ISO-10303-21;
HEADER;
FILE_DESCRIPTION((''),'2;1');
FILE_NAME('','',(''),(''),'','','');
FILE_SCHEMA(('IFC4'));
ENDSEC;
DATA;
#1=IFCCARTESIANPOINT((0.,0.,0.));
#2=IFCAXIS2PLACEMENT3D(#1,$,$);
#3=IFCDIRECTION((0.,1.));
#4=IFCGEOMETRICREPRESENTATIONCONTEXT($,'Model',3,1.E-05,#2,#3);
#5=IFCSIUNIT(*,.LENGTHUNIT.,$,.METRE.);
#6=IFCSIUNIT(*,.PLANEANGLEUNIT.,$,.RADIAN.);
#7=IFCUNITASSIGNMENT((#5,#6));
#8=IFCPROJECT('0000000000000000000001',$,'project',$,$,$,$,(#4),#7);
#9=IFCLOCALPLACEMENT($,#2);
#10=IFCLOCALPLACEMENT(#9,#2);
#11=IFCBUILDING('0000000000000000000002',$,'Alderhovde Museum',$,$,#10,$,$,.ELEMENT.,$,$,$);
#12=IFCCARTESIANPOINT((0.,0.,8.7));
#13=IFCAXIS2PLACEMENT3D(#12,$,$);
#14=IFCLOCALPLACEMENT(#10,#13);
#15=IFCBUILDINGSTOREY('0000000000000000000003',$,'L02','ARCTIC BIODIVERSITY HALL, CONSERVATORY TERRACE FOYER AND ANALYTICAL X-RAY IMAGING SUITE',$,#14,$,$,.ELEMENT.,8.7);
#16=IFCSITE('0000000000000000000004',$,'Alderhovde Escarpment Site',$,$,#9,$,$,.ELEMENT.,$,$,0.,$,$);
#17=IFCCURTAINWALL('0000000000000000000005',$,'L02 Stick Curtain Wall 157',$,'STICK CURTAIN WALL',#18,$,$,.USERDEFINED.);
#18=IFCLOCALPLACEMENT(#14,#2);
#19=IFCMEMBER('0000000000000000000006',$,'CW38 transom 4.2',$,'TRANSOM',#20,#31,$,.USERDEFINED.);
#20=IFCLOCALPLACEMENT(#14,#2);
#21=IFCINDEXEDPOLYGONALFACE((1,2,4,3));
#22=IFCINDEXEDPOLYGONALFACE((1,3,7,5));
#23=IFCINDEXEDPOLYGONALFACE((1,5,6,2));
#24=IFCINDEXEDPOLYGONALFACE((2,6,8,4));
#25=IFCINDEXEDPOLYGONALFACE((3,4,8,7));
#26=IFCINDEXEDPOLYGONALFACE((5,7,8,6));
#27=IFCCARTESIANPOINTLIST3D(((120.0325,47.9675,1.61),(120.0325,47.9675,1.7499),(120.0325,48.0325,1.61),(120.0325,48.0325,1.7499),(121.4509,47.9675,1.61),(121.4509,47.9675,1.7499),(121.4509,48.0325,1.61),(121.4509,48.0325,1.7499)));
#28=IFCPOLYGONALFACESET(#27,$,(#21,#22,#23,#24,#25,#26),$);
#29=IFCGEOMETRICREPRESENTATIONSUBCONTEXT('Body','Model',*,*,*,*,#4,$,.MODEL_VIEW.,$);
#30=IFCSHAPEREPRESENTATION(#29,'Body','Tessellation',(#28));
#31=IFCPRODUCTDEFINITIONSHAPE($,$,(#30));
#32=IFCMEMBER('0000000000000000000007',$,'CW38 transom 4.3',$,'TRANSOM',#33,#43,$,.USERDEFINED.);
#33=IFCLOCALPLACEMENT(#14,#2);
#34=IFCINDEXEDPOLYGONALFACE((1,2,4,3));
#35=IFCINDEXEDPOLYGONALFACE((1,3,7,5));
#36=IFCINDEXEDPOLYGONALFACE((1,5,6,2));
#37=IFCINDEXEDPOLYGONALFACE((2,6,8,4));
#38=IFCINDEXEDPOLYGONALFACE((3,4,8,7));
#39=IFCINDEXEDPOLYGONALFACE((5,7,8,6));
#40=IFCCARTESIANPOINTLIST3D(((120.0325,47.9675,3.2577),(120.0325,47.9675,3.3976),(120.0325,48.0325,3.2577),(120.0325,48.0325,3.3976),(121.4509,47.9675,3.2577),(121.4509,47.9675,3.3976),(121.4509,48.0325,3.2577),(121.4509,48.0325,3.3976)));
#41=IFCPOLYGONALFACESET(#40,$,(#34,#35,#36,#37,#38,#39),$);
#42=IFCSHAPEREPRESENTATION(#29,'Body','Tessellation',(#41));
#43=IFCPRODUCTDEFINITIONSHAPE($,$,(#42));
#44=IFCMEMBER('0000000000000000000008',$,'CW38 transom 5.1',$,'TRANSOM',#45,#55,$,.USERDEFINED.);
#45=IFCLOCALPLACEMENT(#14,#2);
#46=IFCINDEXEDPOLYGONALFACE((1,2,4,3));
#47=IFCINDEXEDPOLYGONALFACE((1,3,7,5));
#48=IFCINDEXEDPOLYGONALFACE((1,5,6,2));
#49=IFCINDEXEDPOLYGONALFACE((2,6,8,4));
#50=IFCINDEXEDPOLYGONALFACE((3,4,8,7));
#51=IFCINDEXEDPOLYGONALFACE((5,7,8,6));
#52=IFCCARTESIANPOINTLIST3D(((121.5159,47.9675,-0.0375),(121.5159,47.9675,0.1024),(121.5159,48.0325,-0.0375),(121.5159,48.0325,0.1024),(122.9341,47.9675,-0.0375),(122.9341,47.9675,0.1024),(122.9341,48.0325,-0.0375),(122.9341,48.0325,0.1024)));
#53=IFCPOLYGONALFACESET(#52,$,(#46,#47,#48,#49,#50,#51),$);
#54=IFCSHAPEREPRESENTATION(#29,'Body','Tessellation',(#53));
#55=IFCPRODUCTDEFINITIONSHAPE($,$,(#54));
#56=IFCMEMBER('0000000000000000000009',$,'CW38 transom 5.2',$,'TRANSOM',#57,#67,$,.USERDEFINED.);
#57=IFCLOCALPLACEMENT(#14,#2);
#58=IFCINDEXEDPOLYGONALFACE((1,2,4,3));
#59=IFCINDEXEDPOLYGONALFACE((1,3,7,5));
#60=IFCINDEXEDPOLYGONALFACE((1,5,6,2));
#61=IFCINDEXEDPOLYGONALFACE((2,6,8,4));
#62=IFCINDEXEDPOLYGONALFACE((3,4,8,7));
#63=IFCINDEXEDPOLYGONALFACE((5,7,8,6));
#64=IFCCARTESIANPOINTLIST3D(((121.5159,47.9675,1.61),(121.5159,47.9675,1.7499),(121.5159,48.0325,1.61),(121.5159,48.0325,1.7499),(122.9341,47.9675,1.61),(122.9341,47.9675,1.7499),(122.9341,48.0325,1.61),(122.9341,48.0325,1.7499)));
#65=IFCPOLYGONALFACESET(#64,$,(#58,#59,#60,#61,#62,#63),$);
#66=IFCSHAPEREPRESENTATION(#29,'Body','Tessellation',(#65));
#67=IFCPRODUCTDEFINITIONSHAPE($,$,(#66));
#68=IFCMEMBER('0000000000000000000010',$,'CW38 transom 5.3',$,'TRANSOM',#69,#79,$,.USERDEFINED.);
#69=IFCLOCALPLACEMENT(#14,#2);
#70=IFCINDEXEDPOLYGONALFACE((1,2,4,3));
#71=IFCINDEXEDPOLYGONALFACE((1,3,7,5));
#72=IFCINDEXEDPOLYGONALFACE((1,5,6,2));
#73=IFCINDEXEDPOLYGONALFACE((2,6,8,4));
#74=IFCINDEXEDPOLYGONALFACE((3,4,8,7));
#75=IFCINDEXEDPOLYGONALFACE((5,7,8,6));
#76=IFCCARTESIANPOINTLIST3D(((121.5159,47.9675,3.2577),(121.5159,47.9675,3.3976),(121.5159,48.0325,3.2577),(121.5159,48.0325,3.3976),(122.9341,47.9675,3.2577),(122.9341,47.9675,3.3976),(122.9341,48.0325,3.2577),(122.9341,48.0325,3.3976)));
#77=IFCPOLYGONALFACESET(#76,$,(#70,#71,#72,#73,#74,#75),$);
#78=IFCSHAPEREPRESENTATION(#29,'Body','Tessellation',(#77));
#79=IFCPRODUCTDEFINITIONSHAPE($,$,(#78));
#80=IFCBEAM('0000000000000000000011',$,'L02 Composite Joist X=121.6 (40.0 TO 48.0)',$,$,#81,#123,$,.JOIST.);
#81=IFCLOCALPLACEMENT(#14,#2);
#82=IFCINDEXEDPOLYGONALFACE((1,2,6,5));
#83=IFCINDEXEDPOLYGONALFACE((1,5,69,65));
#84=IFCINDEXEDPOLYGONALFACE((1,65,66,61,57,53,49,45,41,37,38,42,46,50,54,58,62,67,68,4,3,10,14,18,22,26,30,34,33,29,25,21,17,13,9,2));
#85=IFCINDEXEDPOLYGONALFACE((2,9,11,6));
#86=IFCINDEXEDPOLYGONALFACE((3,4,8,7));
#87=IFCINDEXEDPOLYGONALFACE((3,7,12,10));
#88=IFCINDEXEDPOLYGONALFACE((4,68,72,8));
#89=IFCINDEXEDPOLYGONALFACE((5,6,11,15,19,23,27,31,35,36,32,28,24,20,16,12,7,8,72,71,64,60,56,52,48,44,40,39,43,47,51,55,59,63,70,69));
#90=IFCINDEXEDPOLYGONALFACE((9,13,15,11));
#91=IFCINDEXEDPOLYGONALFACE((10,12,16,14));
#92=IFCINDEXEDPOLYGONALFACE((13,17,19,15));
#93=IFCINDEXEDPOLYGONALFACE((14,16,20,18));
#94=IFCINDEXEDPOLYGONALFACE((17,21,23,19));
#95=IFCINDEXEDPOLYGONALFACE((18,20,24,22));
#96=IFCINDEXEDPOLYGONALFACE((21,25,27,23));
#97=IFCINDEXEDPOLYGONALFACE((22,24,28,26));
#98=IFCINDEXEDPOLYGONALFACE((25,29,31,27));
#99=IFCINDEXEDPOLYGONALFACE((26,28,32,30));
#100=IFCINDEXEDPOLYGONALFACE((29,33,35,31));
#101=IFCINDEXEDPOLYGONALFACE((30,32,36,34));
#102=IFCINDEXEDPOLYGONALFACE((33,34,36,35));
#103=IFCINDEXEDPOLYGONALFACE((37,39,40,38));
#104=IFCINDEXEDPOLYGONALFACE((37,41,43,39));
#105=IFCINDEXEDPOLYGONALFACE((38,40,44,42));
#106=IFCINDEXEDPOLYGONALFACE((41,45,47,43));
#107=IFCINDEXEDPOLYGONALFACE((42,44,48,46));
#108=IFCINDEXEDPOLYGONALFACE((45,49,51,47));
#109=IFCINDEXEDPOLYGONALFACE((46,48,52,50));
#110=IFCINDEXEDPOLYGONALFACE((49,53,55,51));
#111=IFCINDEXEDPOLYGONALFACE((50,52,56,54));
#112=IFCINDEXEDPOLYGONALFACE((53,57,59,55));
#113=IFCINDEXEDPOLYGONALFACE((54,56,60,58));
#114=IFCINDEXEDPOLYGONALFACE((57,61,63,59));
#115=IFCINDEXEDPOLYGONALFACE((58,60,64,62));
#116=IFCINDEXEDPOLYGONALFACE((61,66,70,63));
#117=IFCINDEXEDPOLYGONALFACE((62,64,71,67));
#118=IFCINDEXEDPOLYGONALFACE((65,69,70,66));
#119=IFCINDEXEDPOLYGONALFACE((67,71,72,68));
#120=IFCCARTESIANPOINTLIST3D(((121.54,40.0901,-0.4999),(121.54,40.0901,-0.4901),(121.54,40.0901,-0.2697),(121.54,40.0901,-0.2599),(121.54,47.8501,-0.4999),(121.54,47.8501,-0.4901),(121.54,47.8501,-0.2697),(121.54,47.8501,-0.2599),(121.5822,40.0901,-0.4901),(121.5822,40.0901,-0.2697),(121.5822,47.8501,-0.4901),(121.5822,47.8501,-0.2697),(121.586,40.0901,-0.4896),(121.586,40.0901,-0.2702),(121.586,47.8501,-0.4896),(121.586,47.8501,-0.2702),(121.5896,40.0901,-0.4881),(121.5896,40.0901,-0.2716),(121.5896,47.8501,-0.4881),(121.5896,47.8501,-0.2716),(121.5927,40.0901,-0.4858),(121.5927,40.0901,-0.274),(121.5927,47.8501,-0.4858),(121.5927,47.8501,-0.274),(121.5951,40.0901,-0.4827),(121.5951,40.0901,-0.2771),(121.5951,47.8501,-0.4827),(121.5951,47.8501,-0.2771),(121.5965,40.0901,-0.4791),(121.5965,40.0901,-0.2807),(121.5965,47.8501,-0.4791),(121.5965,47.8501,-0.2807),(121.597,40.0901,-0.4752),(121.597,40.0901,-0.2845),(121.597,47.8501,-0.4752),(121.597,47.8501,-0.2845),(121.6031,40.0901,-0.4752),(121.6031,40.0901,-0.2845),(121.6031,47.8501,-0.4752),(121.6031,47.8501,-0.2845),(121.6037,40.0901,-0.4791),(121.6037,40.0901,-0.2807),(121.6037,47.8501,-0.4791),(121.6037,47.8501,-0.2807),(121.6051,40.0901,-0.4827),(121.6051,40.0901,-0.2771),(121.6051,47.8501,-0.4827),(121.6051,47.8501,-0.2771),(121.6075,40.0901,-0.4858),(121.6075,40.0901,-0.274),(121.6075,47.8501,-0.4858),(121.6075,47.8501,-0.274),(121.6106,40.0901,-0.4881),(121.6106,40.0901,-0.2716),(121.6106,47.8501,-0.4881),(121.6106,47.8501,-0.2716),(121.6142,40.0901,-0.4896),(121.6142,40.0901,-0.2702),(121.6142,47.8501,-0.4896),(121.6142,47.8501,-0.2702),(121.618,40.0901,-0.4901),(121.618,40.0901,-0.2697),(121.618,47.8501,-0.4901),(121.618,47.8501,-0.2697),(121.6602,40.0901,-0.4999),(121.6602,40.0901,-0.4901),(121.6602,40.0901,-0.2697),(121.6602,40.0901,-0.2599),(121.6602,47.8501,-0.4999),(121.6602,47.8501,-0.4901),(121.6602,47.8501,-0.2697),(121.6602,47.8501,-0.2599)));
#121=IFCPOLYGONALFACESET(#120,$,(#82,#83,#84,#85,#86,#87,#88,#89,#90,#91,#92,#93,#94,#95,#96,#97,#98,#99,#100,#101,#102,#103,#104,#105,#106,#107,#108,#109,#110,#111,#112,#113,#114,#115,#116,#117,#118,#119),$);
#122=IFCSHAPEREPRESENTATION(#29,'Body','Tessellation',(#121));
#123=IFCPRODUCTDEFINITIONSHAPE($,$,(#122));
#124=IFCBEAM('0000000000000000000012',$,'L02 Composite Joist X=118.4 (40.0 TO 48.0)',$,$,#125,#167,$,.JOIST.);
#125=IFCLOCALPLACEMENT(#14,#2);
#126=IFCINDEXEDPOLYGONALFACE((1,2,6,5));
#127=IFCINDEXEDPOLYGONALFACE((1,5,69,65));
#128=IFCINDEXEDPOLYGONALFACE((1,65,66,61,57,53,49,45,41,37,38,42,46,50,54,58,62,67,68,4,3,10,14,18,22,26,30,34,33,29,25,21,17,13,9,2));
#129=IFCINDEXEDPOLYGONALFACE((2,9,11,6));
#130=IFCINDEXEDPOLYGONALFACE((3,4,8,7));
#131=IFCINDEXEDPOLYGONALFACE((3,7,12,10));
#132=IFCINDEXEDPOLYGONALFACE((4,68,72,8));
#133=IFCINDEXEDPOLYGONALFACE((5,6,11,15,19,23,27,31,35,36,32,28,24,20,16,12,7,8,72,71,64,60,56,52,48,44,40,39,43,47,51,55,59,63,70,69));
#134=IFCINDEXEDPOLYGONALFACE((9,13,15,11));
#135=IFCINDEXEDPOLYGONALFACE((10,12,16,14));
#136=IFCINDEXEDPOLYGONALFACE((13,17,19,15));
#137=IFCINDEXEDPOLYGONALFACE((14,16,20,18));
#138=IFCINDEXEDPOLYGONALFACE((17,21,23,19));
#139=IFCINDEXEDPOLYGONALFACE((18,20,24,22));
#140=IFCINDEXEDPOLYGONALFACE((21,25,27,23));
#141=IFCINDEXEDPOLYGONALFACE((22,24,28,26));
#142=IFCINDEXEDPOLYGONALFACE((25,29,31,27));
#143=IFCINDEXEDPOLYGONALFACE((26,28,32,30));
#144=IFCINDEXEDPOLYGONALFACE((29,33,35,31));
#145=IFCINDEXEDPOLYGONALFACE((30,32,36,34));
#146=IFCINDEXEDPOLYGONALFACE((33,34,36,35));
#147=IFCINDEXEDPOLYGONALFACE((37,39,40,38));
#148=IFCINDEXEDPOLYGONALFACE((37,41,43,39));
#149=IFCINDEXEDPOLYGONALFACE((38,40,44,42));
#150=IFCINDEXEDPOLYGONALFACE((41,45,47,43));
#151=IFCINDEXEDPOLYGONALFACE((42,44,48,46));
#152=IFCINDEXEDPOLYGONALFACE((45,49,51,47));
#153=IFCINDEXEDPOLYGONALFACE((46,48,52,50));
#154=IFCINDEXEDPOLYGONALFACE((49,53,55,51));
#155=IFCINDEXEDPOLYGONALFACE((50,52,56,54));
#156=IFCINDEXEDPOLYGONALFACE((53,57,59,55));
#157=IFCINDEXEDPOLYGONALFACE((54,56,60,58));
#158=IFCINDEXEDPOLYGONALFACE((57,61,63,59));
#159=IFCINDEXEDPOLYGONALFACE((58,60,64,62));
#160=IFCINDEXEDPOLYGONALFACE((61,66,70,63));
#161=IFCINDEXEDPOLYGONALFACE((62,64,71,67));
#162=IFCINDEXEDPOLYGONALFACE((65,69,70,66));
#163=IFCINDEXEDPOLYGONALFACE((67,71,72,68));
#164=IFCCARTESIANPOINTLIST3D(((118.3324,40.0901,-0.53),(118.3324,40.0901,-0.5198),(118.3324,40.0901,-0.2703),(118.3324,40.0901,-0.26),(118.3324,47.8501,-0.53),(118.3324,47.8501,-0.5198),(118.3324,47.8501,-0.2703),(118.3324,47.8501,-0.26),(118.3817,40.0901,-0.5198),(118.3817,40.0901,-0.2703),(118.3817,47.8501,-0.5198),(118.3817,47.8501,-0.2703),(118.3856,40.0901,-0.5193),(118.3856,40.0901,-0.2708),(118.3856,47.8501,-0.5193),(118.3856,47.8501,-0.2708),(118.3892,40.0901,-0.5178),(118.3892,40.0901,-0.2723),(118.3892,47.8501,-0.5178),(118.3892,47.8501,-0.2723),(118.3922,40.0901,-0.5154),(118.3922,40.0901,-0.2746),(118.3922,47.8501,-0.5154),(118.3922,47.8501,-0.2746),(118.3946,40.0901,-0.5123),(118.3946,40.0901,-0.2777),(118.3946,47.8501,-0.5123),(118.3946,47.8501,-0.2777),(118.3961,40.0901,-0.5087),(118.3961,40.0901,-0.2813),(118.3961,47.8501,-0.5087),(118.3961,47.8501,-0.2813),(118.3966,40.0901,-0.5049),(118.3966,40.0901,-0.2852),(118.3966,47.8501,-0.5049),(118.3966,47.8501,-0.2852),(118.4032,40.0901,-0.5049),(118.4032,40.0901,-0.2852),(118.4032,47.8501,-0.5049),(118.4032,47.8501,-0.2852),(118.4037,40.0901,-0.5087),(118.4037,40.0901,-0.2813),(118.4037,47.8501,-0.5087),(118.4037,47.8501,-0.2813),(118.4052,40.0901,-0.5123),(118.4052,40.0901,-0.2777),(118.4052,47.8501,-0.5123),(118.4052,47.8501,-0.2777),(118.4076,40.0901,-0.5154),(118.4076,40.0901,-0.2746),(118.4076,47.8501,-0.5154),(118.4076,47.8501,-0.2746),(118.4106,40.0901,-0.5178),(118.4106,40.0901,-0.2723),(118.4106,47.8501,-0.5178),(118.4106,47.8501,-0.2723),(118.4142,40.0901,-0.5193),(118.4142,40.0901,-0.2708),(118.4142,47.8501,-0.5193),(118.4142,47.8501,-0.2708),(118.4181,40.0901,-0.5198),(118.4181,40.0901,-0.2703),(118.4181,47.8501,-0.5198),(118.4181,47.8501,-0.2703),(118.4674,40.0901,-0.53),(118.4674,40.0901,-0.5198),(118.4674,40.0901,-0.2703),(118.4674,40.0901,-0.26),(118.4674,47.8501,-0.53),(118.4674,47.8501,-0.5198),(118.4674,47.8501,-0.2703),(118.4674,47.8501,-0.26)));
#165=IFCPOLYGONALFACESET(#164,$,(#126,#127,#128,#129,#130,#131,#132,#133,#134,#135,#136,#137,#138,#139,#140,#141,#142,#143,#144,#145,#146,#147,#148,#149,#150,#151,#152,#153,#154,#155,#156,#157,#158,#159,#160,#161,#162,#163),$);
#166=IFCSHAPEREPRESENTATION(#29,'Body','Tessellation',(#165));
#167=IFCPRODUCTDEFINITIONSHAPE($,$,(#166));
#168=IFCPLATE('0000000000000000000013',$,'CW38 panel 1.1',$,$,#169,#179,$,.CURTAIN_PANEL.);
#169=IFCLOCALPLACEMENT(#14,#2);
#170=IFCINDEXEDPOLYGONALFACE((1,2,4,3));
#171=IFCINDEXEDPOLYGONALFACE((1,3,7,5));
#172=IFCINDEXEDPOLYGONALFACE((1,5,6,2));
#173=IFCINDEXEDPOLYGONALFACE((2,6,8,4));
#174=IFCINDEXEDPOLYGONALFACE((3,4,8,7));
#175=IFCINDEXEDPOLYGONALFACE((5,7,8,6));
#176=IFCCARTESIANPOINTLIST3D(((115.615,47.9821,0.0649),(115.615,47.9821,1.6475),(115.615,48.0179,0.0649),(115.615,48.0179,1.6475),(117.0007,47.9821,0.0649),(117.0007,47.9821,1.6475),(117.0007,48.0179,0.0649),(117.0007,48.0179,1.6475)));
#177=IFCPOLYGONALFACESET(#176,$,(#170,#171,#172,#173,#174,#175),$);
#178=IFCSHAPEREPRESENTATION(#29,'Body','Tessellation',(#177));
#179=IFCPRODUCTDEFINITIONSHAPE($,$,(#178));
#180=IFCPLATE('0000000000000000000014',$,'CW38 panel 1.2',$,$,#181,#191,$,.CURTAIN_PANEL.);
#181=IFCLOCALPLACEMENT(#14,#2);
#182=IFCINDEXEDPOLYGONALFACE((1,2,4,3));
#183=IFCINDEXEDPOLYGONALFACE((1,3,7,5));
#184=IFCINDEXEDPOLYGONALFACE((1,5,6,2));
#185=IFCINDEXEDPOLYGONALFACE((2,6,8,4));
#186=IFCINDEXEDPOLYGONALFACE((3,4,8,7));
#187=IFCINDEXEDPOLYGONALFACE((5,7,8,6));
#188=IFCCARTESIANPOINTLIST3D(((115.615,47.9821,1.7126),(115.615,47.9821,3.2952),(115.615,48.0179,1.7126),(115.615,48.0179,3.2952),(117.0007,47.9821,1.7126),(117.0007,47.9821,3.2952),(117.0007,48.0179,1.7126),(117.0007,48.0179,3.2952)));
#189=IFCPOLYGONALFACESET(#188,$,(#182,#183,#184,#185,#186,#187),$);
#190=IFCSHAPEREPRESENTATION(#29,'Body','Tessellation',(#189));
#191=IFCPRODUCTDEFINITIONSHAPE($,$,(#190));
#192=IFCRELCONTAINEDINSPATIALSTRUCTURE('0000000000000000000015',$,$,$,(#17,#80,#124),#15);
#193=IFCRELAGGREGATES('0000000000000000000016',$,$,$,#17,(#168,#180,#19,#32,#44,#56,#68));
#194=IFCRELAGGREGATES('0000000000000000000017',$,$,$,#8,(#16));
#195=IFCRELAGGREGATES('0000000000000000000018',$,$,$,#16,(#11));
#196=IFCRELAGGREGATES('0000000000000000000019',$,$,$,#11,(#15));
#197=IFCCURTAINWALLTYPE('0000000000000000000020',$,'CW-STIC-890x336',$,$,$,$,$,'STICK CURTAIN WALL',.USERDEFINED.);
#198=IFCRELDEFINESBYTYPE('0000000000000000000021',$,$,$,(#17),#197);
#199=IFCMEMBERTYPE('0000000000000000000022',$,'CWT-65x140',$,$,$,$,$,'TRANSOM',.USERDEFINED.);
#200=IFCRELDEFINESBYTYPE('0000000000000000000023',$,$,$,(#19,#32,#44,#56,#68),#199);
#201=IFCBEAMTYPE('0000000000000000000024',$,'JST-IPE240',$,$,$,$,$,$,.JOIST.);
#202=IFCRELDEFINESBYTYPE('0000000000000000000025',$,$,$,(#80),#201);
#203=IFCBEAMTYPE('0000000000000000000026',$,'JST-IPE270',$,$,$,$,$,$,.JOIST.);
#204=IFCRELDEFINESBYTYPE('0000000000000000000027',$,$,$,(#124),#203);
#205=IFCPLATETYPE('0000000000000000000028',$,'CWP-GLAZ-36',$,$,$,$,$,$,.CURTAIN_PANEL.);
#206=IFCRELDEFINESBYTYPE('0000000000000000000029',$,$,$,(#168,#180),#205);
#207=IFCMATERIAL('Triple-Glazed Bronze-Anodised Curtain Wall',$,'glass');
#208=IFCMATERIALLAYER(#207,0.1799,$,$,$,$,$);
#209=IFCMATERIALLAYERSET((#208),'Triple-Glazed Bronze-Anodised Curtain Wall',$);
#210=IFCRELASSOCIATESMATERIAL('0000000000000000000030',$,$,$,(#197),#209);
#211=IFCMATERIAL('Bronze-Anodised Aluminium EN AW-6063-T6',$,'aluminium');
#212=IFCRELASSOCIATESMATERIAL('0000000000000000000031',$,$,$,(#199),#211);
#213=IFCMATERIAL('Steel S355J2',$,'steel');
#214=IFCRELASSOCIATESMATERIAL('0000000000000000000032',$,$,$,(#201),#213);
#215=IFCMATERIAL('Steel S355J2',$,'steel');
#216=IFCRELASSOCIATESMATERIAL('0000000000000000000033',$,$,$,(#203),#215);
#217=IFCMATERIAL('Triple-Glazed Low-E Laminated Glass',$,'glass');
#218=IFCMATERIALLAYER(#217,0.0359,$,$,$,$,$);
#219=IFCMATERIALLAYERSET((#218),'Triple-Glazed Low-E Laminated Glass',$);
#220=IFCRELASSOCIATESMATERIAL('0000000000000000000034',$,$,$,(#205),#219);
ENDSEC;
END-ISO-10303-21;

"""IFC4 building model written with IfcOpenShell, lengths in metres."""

from ifc_helpers import new_model, si_unit, direction, frame, origin, origin_2d, place, context, subcontext, project, spatial, rectangle, i_section, extrude, material, layer, layer_set, material_profile, profile_set, type_object, element, aggregate, save


model = new_model("IFC4")

# Units and contexts
model_context = context("Model", 3, precision=1e-05, world=origin(), true_north=direction((0.0, 1.0)))
body_context = subcontext(model_context, "Body", "Model", "MODEL_VIEW")
ifc_project = project(units=[si_unit("LENGTHUNIT", "METRE"), si_unit("PLANEANGLEUNIT", "RADIAN")], contexts=[model_context])

# Site, building, storey
site_placement = place(None, origin())
site = spatial("IfcSite", under=ifc_project, at=site_placement, Name="Alderhovde Escarpment Site", CompositionType="ELEMENT", RefElevation=0.0)
building_placement = place(site_placement, origin())
building = spatial("IfcBuilding", under=site, at=building_placement, Name="Alderhovde Museum", CompositionType="ELEMENT")
storey_placement = place(building_placement, frame((0.0, 0.0, 8.7)))
storey = spatial("IfcBuildingStorey", under=building, at=storey_placement, Name="L02", Description="ARCTIC BIODIVERSITY HALL, CONSERVATORY TERRACE FOYER AND ANALYTICAL X-RAY IMAGING SUITE", CompositionType="ELEMENT", Elevation=8.7)

# Curtain wall, members
ifc_material_1 = material(Name="Triple-Glazed Bronze-Anodised Curtain Wall", Category="glass")
ifc_layer_1 = layer(ifc_material_1, 0.1799)
ifc_layer_set_1 = layer_set([ifc_layer_1], Name="Triple-Glazed Bronze-Anodised Curtain Wall")
curtain_wall_type = type_object("IfcCurtainWallType", Name="CW-STIC-890x336", ElementType="STICK CURTAIN WALL", PredefinedType="USERDEFINED", material=ifc_layer_set_1)
curtain_wall_placement = place(storey_placement, origin())
curtain_wall = element("IfcCurtainWall", 1, at=curtain_wall_placement, inside=storey, type_object=curtain_wall_type, Name="L02 Stick Curtain Wall 157", ObjectType="STICK CURTAIN WALL", PredefinedType="USERDEFINED")
ifc_material_2 = material(Name="Bronze-Anodised Aluminium EN AW-6063-T6", Category="aluminium")
ifc_material_profile_1 = material_profile(ifc_material_2, rectangle(XDim=0.0649, YDim=0.1399, at=origin_2d()), Name="TRANSOM 65x140")
ifc_profile_set_1 = profile_set([ifc_material_profile_1], Name="Bronze-Anodised Aluminium EN AW-6063-T6")
member_type_1 = type_object("IfcMemberType", Name="CWT-65x140", ElementType="TRANSOM", PredefinedType="USERDEFINED", material=ifc_profile_set_1)
member_1_placement = place(storey_placement, frame((120.0325, 48.0, 1.6799), z_axis=(1.0, 0.0, 0.0), x_axis=(0.0, 1.0, 0.0)))
member_1 = element("IfcMember", 2, at=member_1_placement, type_object=member_type_1, Name="CW38 transom 4.2", ObjectType="TRANSOM", PredefinedType="USERDEFINED", context=body_context, shape_type="SweptSolid", body=[
    extrude(rectangle(XDim=0.0649, YDim=0.1399, at=origin_2d()), origin(), (0.0, 0.0, 1.0), 1.4185),
])
member_2_placement = place(storey_placement, frame((120.0325, 48.0, 3.3276), z_axis=(1.0, 0.0, 0.0), x_axis=(0.0, 1.0, 0.0)))
member_2 = element("IfcMember", 3, at=member_2_placement, type_object=member_type_1, Name="CW38 transom 4.3", ObjectType="TRANSOM", PredefinedType="USERDEFINED", context=body_context, shape_type="SweptSolid", body=[
    extrude(rectangle(XDim=0.0649, YDim=0.1399, at=origin_2d()), origin(), (0.0, 0.0, 1.0), 1.4185),
])
member_3_placement = place(storey_placement, frame((121.5159, 48.0, 0.0325), z_axis=(1.0, 0.0, 0.0), x_axis=(0.0, 1.0, 0.0)))
member_3 = element("IfcMember", 4, at=member_3_placement, type_object=member_type_1, Name="CW38 transom 5.1", ObjectType="TRANSOM", PredefinedType="USERDEFINED", context=body_context, shape_type="SweptSolid", body=[
    extrude(rectangle(XDim=0.0649, YDim=0.1399, at=origin_2d()), origin(), (0.0, 0.0, 1.0), 1.4182),
])
member_4_placement = place(storey_placement, frame((121.5159, 48.0, 1.6799), z_axis=(1.0, 0.0, 0.0), x_axis=(0.0, 1.0, 0.0)))
member_4 = element("IfcMember", 5, at=member_4_placement, type_object=member_type_1, Name="CW38 transom 5.2", ObjectType="TRANSOM", PredefinedType="USERDEFINED", context=body_context, shape_type="SweptSolid", body=[
    extrude(rectangle(XDim=0.0649, YDim=0.1399, at=origin_2d()), origin(), (0.0, 0.0, 1.0), 1.4182),
])
member_5_placement = place(storey_placement, frame((121.5159, 48.0, 3.3276), z_axis=(1.0, 0.0, 0.0), x_axis=(0.0, 1.0, 0.0)))
member_5 = element("IfcMember", 6, at=member_5_placement, type_object=member_type_1, Name="CW38 transom 5.3", ObjectType="TRANSOM", PredefinedType="USERDEFINED", context=body_context, shape_type="SweptSolid", body=[
    extrude(rectangle(XDim=0.0649, YDim=0.1399, at=origin_2d()), origin(), (0.0, 0.0, 1.0), 1.4182),
])

# Beams
ifc_material_3 = material(Name="Steel S355J2", Category="steel")
ifc_material_profile_2 = material_profile(ifc_material_3, i_section(OverallWidth=0.1201, OverallDepth=0.24, WebThickness=0.0061, FlangeThickness=0.0098, FilletRadius=0.0149, at=origin_2d()), Name="IPE 240")
ifc_profile_set_2 = profile_set([ifc_material_profile_2], Name="Steel S355J2")
beam_type_1 = type_object("IfcBeamType", Name="JST-IPE240", PredefinedType="JOIST", material=ifc_profile_set_2)
beam_1_placement = place(storey_placement, frame((121.6001, 40.0901, -0.3799), z_axis=(0.0, 1.0, 0.0), x_axis=(-1.0, 0.0, 0.0)))
element("IfcBeam", 7, at=beam_1_placement, inside=storey, type_object=beam_type_1, Name="L02 Composite Joist X=121.6 (40.0 TO 48.0)", PredefinedType="JOIST", context=body_context, shape_type="SweptSolid", body=[
    extrude(i_section(OverallWidth=0.1201, OverallDepth=0.24, WebThickness=0.0061, FlangeThickness=0.0098, FilletRadius=0.0149, at=origin_2d()), origin(), (0.0, 0.0, 1.0), 7.76),
])
ifc_material_4 = material(Name="Steel S355J2", Category="steel")
ifc_material_profile_3 = material_profile(ifc_material_4, i_section(OverallWidth=0.135, OverallDepth=0.27, WebThickness=0.0066, FlangeThickness=0.0103, FilletRadius=0.0149, at=origin_2d()), Name="IPE 270")
ifc_profile_set_3 = profile_set([ifc_material_profile_3], Name="Steel S355J2")
beam_type_2 = type_object("IfcBeamType", Name="JST-IPE270", PredefinedType="JOIST", material=ifc_profile_set_3)
beam_2_placement = place(storey_placement, frame((118.3999, 40.0901, -0.395), z_axis=(0.0, 1.0, 0.0), x_axis=(-1.0, 0.0, 0.0)))
element("IfcBeam", 8, at=beam_2_placement, inside=storey, type_object=beam_type_2, Name="L02 Composite Joist X=118.4 (40.0 TO 48.0)", PredefinedType="JOIST", context=body_context, shape_type="SweptSolid", body=[
    extrude(i_section(OverallWidth=0.135, OverallDepth=0.27, WebThickness=0.0066, FlangeThickness=0.0103, FilletRadius=0.0149, at=origin_2d()), origin(), (0.0, 0.0, 1.0), 7.76),
])

# Plates
ifc_material_5 = material(Name="Triple-Glazed Low-E Laminated Glass", Category="glass")
ifc_layer_2 = layer(ifc_material_5, 0.0359)
ifc_layer_set_2 = layer_set([ifc_layer_2], Name="Triple-Glazed Low-E Laminated Glass")
plate_type = type_object("IfcPlateType", Name="CWP-GLAZ-36", PredefinedType="CURTAIN_PANEL", material=ifc_layer_set_2)
plate_1_placement = place(storey_placement, frame((116.3079, 48.0, 0.0649), z_axis=(0.0, 0.0, 1.0), x_axis=(1.0, 0.0, 0.0)))
plate_1 = element("IfcPlate", 9, at=plate_1_placement, type_object=plate_type, Name="CW38 panel 1.1", PredefinedType="CURTAIN_PANEL", context=body_context, shape_type="SweptSolid", body=[
    extrude(rectangle(XDim=1.3857, YDim=0.0359, at=origin_2d()), origin(), (0.0, 0.0, 1.0), 1.5825),
])
plate_2_placement = place(storey_placement, frame((116.3079, 48.0, 1.7126), z_axis=(0.0, 0.0, 1.0), x_axis=(1.0, 0.0, 0.0)))
plate_2 = element("IfcPlate", 10, at=plate_2_placement, type_object=plate_type, Name="CW38 panel 1.2", PredefinedType="CURTAIN_PANEL", context=body_context, shape_type="SweptSolid", body=[
    extrude(rectangle(XDim=1.3857, YDim=0.0359, at=origin_2d()), origin(), (0.0, 0.0, 1.0), 1.5825),
])
aggregate(curtain_wall, [plate_1, plate_2, member_1, member_2, member_3, member_4, member_5])

save(model, "model.ifc")
